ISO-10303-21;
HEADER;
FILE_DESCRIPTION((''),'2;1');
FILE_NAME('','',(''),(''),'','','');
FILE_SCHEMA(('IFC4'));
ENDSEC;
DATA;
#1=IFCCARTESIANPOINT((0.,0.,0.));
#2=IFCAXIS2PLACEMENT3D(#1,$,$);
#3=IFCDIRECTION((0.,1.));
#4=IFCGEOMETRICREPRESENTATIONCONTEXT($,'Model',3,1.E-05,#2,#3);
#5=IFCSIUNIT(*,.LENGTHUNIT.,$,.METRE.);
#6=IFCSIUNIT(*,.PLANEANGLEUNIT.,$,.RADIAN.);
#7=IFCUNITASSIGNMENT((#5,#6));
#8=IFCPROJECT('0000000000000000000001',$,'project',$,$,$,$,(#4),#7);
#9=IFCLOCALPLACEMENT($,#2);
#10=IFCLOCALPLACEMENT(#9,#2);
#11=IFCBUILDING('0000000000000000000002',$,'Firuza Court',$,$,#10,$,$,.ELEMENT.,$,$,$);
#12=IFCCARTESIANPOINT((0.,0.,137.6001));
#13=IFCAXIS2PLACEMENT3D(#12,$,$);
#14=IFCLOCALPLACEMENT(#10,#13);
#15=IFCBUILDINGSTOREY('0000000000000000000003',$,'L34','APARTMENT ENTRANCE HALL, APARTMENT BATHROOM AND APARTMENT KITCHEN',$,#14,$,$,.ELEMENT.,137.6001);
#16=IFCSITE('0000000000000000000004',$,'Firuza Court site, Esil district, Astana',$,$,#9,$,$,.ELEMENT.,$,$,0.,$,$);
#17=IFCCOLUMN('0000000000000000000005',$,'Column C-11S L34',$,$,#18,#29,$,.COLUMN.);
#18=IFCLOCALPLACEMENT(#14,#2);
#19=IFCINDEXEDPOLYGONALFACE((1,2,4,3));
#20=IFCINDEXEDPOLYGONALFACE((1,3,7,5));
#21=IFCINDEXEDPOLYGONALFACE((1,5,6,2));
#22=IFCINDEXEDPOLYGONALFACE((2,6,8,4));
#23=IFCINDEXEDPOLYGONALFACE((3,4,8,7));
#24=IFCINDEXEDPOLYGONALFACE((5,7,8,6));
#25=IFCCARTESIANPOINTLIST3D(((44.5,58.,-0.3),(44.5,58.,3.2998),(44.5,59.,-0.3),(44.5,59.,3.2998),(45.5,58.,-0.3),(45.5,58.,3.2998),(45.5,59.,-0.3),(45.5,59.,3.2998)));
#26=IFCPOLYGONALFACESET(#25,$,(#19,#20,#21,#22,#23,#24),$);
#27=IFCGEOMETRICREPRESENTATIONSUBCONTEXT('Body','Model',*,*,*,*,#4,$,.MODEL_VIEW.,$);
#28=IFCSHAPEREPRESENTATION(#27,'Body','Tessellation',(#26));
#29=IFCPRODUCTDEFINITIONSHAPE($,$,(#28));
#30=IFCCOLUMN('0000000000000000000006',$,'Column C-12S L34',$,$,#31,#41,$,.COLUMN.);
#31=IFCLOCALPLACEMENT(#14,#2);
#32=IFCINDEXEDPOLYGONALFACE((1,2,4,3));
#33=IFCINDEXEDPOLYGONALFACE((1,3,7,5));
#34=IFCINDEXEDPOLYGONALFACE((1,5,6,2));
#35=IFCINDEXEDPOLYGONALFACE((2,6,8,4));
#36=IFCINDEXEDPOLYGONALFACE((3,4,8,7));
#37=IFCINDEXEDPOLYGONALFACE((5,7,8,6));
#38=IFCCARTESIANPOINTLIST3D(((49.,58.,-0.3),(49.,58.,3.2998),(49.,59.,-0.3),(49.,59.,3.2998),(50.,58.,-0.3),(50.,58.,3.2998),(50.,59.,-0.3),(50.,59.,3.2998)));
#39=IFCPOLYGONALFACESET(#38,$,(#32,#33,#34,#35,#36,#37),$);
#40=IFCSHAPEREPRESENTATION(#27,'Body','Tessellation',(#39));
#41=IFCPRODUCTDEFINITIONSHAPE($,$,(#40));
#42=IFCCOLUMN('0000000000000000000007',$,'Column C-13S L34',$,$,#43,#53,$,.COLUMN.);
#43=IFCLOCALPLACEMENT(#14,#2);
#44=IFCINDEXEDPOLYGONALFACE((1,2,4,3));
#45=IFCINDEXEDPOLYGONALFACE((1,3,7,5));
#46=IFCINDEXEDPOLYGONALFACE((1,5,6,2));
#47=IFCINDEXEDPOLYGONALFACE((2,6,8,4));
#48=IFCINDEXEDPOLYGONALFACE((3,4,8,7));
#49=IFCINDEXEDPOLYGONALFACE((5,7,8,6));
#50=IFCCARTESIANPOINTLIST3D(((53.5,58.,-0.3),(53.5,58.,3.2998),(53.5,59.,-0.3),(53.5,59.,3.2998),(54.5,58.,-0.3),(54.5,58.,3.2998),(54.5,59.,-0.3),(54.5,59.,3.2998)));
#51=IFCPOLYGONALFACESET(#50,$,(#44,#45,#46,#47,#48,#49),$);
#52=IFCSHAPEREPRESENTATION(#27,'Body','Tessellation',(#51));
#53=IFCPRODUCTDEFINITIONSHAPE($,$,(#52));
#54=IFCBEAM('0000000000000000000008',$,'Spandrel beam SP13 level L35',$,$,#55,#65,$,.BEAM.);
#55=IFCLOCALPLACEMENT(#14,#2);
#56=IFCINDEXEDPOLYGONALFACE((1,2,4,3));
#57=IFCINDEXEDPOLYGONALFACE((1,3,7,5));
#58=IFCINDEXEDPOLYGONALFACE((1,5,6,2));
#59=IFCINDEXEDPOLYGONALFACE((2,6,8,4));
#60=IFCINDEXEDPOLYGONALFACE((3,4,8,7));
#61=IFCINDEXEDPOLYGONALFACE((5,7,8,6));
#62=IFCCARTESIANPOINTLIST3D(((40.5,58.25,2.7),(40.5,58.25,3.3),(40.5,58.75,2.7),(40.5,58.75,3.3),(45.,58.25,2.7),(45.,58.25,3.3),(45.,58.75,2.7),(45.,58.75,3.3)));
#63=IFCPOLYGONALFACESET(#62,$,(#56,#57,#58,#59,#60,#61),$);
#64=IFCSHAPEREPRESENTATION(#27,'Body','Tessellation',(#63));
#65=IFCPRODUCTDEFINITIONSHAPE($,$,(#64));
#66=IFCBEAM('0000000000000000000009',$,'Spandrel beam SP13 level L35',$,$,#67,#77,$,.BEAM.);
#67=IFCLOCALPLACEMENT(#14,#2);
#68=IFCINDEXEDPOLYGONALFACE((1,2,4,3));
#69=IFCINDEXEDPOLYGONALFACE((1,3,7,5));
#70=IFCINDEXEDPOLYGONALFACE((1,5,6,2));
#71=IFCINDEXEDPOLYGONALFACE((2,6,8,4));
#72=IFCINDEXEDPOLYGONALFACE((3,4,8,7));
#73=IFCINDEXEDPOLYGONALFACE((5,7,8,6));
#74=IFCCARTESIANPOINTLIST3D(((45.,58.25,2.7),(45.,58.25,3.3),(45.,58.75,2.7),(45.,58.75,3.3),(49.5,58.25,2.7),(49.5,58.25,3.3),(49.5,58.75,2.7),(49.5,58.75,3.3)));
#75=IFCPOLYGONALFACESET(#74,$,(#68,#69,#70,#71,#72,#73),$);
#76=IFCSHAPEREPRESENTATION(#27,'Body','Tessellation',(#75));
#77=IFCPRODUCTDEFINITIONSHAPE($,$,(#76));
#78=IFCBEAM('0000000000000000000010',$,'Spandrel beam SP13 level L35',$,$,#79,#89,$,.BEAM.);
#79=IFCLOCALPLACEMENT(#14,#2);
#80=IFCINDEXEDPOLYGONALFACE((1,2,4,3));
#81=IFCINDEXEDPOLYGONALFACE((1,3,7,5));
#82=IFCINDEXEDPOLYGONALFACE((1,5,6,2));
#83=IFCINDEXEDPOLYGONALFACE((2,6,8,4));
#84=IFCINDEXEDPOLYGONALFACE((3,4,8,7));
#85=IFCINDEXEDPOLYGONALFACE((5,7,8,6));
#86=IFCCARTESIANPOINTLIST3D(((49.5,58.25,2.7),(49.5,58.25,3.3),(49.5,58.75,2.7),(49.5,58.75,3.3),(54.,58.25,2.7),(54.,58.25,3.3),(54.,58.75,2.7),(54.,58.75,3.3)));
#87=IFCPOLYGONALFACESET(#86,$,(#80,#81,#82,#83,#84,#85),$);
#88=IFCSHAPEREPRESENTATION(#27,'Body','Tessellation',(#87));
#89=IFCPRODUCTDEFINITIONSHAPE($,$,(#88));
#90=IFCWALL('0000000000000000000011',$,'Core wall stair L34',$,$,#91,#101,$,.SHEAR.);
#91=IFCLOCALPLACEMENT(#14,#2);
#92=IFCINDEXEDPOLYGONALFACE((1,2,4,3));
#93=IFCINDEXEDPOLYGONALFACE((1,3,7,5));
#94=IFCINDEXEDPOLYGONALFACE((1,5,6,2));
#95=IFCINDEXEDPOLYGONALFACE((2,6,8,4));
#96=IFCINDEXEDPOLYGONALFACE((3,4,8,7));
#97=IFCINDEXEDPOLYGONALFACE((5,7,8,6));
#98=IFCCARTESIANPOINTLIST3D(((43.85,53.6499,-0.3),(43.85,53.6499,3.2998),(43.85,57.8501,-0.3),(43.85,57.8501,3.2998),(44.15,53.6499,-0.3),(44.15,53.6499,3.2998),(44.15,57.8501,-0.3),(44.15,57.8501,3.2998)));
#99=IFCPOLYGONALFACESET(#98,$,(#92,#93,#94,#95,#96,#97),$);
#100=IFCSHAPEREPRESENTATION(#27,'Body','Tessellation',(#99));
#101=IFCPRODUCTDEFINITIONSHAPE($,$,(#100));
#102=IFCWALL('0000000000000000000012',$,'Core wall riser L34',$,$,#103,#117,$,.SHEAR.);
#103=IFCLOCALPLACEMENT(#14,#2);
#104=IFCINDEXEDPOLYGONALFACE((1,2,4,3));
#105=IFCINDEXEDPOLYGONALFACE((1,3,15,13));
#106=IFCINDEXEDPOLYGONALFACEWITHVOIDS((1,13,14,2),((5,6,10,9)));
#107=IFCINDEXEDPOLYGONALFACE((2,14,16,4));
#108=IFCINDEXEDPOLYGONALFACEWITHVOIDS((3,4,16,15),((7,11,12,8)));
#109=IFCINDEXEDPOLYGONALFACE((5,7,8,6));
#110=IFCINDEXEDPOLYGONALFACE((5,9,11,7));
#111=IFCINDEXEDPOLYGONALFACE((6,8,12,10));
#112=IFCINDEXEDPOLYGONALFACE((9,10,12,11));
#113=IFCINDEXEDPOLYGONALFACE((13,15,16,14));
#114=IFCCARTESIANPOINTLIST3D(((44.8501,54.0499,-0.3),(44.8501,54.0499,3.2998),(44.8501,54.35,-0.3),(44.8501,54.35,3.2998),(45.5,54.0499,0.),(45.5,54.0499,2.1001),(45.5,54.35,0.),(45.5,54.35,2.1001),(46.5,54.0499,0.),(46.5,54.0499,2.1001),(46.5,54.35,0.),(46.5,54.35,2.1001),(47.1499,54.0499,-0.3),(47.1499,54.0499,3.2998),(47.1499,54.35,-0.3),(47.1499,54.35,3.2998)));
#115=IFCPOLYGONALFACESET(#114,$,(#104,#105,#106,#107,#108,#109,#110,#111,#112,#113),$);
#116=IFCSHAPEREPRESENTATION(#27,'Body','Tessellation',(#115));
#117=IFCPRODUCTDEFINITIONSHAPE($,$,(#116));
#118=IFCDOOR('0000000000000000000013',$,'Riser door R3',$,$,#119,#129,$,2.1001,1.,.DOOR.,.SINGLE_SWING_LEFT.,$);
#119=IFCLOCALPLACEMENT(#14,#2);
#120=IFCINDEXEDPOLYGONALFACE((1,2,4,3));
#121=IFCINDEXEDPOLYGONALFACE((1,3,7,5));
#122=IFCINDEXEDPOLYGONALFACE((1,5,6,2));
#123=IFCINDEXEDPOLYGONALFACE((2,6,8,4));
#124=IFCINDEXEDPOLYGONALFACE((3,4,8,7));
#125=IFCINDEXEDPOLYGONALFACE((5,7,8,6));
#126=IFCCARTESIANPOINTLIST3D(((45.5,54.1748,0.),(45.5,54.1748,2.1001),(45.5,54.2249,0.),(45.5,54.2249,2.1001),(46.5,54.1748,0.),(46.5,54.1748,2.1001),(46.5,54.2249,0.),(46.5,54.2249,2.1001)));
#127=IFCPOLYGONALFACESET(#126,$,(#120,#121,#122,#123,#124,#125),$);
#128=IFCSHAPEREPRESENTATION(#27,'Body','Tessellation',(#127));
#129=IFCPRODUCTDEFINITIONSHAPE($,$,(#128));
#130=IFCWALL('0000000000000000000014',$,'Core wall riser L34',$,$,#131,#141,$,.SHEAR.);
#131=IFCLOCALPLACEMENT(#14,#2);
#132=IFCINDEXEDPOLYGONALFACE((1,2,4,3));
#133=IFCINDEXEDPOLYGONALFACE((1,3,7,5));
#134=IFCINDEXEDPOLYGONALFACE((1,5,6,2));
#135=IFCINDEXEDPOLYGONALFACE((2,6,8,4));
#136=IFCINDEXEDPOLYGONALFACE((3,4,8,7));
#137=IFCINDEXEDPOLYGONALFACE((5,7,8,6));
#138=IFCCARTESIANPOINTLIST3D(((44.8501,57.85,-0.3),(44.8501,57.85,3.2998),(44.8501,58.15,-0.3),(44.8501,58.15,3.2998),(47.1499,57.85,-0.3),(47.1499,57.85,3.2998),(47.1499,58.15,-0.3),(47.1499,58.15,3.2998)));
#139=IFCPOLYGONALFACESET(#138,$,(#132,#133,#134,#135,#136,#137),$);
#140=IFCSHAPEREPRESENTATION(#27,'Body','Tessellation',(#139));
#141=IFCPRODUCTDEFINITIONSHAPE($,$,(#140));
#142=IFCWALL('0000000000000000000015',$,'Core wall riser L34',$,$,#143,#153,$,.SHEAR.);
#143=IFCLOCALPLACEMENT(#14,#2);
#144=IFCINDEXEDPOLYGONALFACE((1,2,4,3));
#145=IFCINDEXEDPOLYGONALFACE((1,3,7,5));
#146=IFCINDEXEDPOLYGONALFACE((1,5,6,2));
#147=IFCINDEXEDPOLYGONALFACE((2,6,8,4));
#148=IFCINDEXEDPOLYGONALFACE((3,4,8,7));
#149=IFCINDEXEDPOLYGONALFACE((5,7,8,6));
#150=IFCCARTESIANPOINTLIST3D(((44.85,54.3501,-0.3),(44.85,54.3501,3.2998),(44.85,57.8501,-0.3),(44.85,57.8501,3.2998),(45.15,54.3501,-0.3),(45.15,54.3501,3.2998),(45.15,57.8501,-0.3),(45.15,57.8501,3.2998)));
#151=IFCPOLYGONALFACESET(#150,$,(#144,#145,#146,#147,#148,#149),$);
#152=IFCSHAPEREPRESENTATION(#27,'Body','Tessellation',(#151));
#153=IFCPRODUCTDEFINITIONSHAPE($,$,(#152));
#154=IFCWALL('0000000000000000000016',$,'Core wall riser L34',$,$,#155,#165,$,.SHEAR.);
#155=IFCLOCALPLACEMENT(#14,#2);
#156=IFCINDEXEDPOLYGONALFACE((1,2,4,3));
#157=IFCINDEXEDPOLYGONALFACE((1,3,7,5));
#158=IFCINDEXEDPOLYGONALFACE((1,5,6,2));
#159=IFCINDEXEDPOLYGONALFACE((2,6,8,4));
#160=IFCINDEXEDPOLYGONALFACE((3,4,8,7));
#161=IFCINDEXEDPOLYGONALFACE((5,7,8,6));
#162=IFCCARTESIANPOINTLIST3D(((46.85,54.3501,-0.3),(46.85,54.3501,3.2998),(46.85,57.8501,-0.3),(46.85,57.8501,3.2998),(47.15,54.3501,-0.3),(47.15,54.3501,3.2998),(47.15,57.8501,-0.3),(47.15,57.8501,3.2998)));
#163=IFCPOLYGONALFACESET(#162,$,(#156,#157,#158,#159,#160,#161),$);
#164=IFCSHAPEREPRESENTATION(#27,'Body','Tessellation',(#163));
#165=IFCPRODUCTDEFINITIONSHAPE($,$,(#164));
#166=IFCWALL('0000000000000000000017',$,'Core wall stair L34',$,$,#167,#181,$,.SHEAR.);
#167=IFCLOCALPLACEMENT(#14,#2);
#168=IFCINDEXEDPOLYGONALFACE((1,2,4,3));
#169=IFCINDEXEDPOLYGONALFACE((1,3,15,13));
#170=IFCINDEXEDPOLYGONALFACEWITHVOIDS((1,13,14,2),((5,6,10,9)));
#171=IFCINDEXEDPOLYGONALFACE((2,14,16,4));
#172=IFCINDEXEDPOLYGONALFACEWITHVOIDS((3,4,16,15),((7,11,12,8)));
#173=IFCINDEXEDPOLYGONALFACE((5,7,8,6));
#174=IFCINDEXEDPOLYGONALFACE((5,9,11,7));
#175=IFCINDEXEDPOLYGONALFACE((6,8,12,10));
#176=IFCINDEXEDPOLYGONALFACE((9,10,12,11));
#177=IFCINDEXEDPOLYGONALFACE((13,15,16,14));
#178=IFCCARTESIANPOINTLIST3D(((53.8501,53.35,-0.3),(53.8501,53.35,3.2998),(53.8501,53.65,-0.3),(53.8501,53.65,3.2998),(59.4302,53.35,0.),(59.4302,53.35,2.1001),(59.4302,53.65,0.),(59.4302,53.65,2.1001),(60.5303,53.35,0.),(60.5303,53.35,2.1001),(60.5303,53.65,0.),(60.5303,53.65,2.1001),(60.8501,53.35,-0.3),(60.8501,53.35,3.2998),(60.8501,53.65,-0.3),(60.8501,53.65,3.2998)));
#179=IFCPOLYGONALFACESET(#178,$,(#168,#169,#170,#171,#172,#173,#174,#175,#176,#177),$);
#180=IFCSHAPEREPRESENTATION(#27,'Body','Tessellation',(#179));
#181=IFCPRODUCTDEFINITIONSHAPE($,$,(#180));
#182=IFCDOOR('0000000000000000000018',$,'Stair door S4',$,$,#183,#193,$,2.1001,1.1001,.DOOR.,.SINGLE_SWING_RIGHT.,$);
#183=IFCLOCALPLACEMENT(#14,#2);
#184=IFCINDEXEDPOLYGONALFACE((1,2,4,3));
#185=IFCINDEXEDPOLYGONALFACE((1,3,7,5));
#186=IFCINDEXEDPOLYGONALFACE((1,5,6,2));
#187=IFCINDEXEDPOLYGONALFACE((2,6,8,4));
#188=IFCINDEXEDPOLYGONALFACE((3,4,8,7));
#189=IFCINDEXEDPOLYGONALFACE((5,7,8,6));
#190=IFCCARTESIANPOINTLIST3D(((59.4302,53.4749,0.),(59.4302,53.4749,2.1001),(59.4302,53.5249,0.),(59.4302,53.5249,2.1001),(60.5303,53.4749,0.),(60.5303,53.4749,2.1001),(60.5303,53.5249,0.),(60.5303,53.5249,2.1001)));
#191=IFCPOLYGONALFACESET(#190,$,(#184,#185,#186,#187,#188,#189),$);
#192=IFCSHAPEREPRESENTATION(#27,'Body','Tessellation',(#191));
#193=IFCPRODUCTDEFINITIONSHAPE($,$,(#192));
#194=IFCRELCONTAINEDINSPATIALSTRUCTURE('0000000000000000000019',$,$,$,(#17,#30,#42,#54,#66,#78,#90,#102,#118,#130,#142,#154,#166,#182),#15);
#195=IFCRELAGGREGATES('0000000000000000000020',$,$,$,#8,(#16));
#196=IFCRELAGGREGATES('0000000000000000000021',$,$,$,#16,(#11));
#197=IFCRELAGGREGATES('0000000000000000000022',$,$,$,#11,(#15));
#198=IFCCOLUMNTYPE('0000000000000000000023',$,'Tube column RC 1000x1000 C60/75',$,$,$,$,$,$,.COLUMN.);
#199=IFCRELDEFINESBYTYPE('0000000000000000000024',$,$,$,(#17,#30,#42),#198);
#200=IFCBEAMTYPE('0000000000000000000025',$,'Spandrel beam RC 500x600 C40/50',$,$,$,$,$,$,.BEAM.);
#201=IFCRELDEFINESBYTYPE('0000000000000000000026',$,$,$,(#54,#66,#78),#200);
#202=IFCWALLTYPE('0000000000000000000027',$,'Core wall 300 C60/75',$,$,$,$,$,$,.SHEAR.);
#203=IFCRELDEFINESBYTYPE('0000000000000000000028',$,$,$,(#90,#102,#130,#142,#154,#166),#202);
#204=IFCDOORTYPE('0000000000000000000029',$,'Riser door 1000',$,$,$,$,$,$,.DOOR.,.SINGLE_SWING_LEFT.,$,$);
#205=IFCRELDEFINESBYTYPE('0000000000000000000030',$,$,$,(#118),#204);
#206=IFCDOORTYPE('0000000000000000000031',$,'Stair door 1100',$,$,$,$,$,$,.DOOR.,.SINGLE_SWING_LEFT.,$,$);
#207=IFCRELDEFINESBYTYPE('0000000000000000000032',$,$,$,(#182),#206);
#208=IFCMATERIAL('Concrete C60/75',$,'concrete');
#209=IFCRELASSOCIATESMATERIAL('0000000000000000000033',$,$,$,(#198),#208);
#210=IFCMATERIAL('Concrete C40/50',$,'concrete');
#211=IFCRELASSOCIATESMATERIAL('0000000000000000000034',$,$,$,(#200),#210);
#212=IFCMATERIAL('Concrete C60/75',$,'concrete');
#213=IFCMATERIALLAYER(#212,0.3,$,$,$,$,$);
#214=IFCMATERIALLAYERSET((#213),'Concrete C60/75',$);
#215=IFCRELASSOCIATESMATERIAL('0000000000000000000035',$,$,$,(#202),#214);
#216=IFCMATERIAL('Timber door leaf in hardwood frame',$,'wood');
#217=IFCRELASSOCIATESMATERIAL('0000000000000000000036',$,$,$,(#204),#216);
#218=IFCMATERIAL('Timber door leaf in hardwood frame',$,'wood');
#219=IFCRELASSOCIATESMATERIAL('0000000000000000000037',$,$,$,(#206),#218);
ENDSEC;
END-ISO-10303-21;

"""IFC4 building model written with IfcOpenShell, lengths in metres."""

from ifc_helpers import new_model, si_unit, direction, frame, frame_2d, origin, origin_2d, place, context, subcontext, project, spatial, rectangle, extrude, material, layer, layer_set, material_profile, profile_set, type_object, element, fill, save


model = new_model("IFC4")

# Units and contexts
model_context = context("Model", 3, precision=1e-05, world=origin(), true_north=direction((0.0, 1.0)))
body_context = subcontext(model_context, "Body", "Model", "MODEL_VIEW")
ifc_project = project(units=[si_unit("LENGTHUNIT", "METRE"), si_unit("PLANEANGLEUNIT", "RADIAN")], contexts=[model_context])

# Site, building, storey
site_placement = place(None, origin())
site = spatial("IfcSite", under=ifc_project, at=site_placement, Name="Firuza Court site, Esil district, Astana", CompositionType="ELEMENT", RefElevation=0.0)
building_placement = place(site_placement, origin())
building = spatial("IfcBuilding", under=site, at=building_placement, Name="Firuza Court", CompositionType="ELEMENT")
storey_placement = place(building_placement, frame((0.0, 0.0, 137.6001)))
storey = spatial("IfcBuildingStorey", under=building, at=storey_placement, Name="L34", Description="APARTMENT ENTRANCE HALL, APARTMENT BATHROOM AND APARTMENT KITCHEN", CompositionType="ELEMENT", Elevation=137.6001)

# Columns
ifc_material_1 = material(Name="Concrete C60/75", Category="concrete")
ifc_material_profile_1 = material_profile(ifc_material_1, rectangle(XDim=1.0, YDim=1.0, at=origin_2d()), Name="RC 1000x1000")
ifc_profile_set_1 = profile_set([ifc_material_profile_1], Name="Concrete C60/75")
column_type = type_object("IfcColumnType", Name="Tube column RC 1000x1000 C60/75", PredefinedType="COLUMN", material=ifc_profile_set_1)
for number, where, z_axis, x_axis, name in (
    (1, (45.0, 58.5, -0.3), (0.0, 0.0, 1.0), (1.0, 0.0, 0.0), "Column C-11S L34"),
    (2, (49.5, 58.5, -0.3), (0.0, 0.0, 1.0), (1.0, 0.0, 0.0), "Column C-12S L34"),
    (3, (54.0, 58.5, -0.3), (0.0, 0.0, 1.0), (1.0, 0.0, 0.0), "Column C-13S L34"),
):
    element("IfcColumn", number, at=place(storey_placement, frame(where, z_axis=z_axis, x_axis=x_axis)), inside=storey, type_object=column_type, Name=name, PredefinedType="COLUMN", context=body_context, shape_type="SweptSolid", body=[
        extrude(rectangle(XDim=1.0, YDim=1.0, at=origin_2d()), origin(), (0.0, 0.0, 1.0), 3.5999),
    ])

# Beams
ifc_material_2 = material(Name="Concrete C40/50", Category="concrete")
ifc_material_profile_2 = material_profile(ifc_material_2, rectangle(XDim=0.5, YDim=0.6001, at=origin_2d()), Name="RC 500x600")
ifc_profile_set_2 = profile_set([ifc_material_profile_2], Name="Concrete C40/50")
beam_type = type_object("IfcBeamType", Name="Spandrel beam RC 500x600 C40/50", PredefinedType="BEAM", material=ifc_profile_set_2)
for number, where, z_axis, x_axis, name in (
    (4, (45.0, 58.5, 3.0), (-1.0, 0.0, 0.0), (0.0, -1.0, 0.0), "Spandrel beam SP13 level L35"),
    (5, (49.5, 58.5, 3.0), (-1.0, 0.0, 0.0), (0.0, -1.0, 0.0), "Spandrel beam SP13 level L35"),
    (6, (54.0, 58.5, 3.0), (-1.0, 0.0, 0.0), (0.0, -1.0, 0.0), "Spandrel beam SP13 level L35"),
):
    element("IfcBeam", number, at=place(storey_placement, frame(where, z_axis=z_axis, x_axis=x_axis)), inside=storey, type_object=beam_type, Name=name, PredefinedType="BEAM", context=body_context, shape_type="SweptSolid", body=[
        extrude(rectangle(XDim=0.5, YDim=0.6001, at=origin_2d()), origin(), (0.0, 0.0, 1.0), 4.5),
    ])

# Wall
ifc_material_3 = material(Name="Concrete C60/75", Category="concrete")
ifc_layer_1 = layer(ifc_material_3, 0.3)
ifc_layer_set_1 = layer_set([ifc_layer_1], Name="Concrete C60/75")
wall_type_1 = type_object("IfcWallType", Name="Core wall 300 C60/75", PredefinedType="SHEAR", material=ifc_layer_set_1)
wall_1_placement = place(storey_placement, frame((44.0, 53.6499, -0.3), z_axis=(0.0, 0.0, 1.0), x_axis=(0.0, 1.0, 0.0)))
element("IfcWall", 7, at=wall_1_placement, inside=storey, type_object=wall_type_1, Name="Core wall stair L34", PredefinedType="SHEAR", context=body_context, shape_type="SweptSolid", body=[
    extrude(rectangle(XDim=4.2002, YDim=0.3, at=frame_2d((2.1001, 0.0))), origin(), (0.0, 0.0, 1.0), 3.5999),
])

# Wall, opening, door
wall_2_placement = place(storey_placement, frame((44.8501, 54.2, -0.3), z_axis=(0.0, 0.0, 1.0), x_axis=(1.0, 0.0, 0.0)))
wall_2 = element("IfcWall", 8, at=wall_2_placement, inside=storey, type_object=wall_type_1, Name="Core wall riser L34", PredefinedType="SHEAR", context=body_context, shape_type="SweptSolid", body=[
    extrude(rectangle(XDim=2.2998, YDim=0.3, at=frame_2d((1.1499, 0.0))), origin(), (0.0, 0.0, 1.0), 3.5999),
])
opening_1_placement = place(wall_2_placement, frame((0.6499, 0.0, 0.3)))
opening_1 = element("IfcOpeningElement", 9, at=opening_1_placement, cuts=wall_2, PredefinedType="OPENING", context=body_context, shape_type="SweptSolid", body=[
    extrude(rectangle(XDim=1.0, YDim=2.1001, at=frame_2d((0.5, 1.05))), frame((0.0, 0.1621, 0.0), z_axis=(0.0, -1.0, 0.0), x_axis=(1.0, 0.0, 0.0)), (0.0, 0.0, 1.0), 0.324),
])
ifc_material_4 = material(Name="Timber door leaf in hardwood frame", Category="wood")
door_type_1 = type_object("IfcDoorType", Name="Riser door 1000", OperationType="SINGLE_SWING_LEFT", PredefinedType="DOOR", material=ifc_material_4)
door_1_placement = place(opening_1_placement, origin())
door_1 = element("IfcDoor", 10, at=door_1_placement, inside=storey, type_object=door_type_1, Name="Riser door R3", OperationType="SINGLE_SWING_LEFT", OverallHeight=2.1001, OverallWidth=1.0, PredefinedType="DOOR", context=body_context, shape_type="SweptSolid", body=[
    extrude(rectangle(XDim=1.0, YDim=2.1001, at=frame_2d((0.5, 1.05))), frame((0.0, 0.0249, 0.0), z_axis=(0.0, -1.0, 0.0), x_axis=(1.0, 0.0, 0.0)), (0.0, 0.0, 1.0), 0.05),
])
fill(opening_1, door_1)

# Walls
wall_3_placement = place(storey_placement, frame((44.8501, 58.0, -0.3), z_axis=(0.0, 0.0, 1.0), x_axis=(1.0, 0.0, 0.0)))
element("IfcWall", 11, at=wall_3_placement, inside=storey, type_object=wall_type_1, Name="Core wall riser L34", PredefinedType="SHEAR", context=body_context, shape_type="SweptSolid", body=[
    extrude(rectangle(XDim=2.2998, YDim=0.3, at=frame_2d((1.1499, 0.0))), origin(), (0.0, 0.0, 1.0), 3.5999),
])
for number, where, z_axis, x_axis, name in (
    (12, (45.0, 54.3501, -0.3), (0.0, 0.0, 1.0), (0.0, 1.0, 0.0), "Core wall riser L34"),
    (13, (47.0, 54.3501, -0.3), (0.0, 0.0, 1.0), (0.0, 1.0, 0.0), "Core wall riser L34"),
):
    element("IfcWall", number, at=place(storey_placement, frame(where, z_axis=z_axis, x_axis=x_axis)), inside=storey, type_object=wall_type_1, Name=name, PredefinedType="SHEAR", context=body_context, shape_type="SweptSolid", body=[
        extrude(rectangle(XDim=3.5, YDim=0.3, at=frame_2d((1.75, 0.0))), origin(), (0.0, 0.0, 1.0), 3.5999),
    ])

# Wall, opening, door
wall_4_placement = place(storey_placement, frame((53.8501, 53.5, -0.3), z_axis=(0.0, 0.0, 1.0), x_axis=(1.0, 0.0, 0.0)))
wall_4 = element("IfcWall", 14, at=wall_4_placement, inside=storey, type_object=wall_type_1, Name="Core wall stair L34", PredefinedType="SHEAR", context=body_context, shape_type="SweptSolid", body=[
    extrude(rectangle(XDim=7.0, YDim=0.3, at=frame_2d((3.5, 0.0))), origin(), (0.0, 0.0, 1.0), 3.5999),
])
opening_2_placement = place(wall_4_placement, frame((5.5801, 0.0, 0.3)))
opening_2 = element("IfcOpeningElement", 15, at=opening_2_placement, cuts=wall_4, PredefinedType="OPENING", context=body_context, shape_type="SweptSolid", body=[
    extrude(rectangle(XDim=1.1001, YDim=2.1001, at=frame_2d((0.55, 1.05))), frame((0.0, 0.1621, 0.0), z_axis=(0.0, -1.0, 0.0), x_axis=(1.0, 0.0, 0.0)), (0.0, 0.0, 1.0), 0.324),
])
ifc_material_5 = material(Name="Timber door leaf in hardwood frame", Category="wood")
door_type_2 = type_object("IfcDoorType", Name="Stair door 1100", OperationType="SINGLE_SWING_LEFT", PredefinedType="DOOR", material=ifc_material_5)
door_2_placement = place(opening_2_placement, origin())
door_2 = element("IfcDoor", 16, at=door_2_placement, inside=storey, type_object=door_type_2, Name="Stair door S4", OperationType="SINGLE_SWING_RIGHT", OverallHeight=2.1001, OverallWidth=1.1001, PredefinedType="DOOR", context=body_context, shape_type="SweptSolid", body=[
    extrude(rectangle(XDim=1.1001, YDim=2.1001, at=frame_2d((0.55, 1.05))), frame((0.0, 0.0249, 0.0), z_axis=(0.0, -1.0, 0.0), x_axis=(1.0, 0.0, 0.0)), (0.0, 0.0, 1.0), 0.05),
])
fill(opening_2, door_2)

save(model, "model.ifc")
